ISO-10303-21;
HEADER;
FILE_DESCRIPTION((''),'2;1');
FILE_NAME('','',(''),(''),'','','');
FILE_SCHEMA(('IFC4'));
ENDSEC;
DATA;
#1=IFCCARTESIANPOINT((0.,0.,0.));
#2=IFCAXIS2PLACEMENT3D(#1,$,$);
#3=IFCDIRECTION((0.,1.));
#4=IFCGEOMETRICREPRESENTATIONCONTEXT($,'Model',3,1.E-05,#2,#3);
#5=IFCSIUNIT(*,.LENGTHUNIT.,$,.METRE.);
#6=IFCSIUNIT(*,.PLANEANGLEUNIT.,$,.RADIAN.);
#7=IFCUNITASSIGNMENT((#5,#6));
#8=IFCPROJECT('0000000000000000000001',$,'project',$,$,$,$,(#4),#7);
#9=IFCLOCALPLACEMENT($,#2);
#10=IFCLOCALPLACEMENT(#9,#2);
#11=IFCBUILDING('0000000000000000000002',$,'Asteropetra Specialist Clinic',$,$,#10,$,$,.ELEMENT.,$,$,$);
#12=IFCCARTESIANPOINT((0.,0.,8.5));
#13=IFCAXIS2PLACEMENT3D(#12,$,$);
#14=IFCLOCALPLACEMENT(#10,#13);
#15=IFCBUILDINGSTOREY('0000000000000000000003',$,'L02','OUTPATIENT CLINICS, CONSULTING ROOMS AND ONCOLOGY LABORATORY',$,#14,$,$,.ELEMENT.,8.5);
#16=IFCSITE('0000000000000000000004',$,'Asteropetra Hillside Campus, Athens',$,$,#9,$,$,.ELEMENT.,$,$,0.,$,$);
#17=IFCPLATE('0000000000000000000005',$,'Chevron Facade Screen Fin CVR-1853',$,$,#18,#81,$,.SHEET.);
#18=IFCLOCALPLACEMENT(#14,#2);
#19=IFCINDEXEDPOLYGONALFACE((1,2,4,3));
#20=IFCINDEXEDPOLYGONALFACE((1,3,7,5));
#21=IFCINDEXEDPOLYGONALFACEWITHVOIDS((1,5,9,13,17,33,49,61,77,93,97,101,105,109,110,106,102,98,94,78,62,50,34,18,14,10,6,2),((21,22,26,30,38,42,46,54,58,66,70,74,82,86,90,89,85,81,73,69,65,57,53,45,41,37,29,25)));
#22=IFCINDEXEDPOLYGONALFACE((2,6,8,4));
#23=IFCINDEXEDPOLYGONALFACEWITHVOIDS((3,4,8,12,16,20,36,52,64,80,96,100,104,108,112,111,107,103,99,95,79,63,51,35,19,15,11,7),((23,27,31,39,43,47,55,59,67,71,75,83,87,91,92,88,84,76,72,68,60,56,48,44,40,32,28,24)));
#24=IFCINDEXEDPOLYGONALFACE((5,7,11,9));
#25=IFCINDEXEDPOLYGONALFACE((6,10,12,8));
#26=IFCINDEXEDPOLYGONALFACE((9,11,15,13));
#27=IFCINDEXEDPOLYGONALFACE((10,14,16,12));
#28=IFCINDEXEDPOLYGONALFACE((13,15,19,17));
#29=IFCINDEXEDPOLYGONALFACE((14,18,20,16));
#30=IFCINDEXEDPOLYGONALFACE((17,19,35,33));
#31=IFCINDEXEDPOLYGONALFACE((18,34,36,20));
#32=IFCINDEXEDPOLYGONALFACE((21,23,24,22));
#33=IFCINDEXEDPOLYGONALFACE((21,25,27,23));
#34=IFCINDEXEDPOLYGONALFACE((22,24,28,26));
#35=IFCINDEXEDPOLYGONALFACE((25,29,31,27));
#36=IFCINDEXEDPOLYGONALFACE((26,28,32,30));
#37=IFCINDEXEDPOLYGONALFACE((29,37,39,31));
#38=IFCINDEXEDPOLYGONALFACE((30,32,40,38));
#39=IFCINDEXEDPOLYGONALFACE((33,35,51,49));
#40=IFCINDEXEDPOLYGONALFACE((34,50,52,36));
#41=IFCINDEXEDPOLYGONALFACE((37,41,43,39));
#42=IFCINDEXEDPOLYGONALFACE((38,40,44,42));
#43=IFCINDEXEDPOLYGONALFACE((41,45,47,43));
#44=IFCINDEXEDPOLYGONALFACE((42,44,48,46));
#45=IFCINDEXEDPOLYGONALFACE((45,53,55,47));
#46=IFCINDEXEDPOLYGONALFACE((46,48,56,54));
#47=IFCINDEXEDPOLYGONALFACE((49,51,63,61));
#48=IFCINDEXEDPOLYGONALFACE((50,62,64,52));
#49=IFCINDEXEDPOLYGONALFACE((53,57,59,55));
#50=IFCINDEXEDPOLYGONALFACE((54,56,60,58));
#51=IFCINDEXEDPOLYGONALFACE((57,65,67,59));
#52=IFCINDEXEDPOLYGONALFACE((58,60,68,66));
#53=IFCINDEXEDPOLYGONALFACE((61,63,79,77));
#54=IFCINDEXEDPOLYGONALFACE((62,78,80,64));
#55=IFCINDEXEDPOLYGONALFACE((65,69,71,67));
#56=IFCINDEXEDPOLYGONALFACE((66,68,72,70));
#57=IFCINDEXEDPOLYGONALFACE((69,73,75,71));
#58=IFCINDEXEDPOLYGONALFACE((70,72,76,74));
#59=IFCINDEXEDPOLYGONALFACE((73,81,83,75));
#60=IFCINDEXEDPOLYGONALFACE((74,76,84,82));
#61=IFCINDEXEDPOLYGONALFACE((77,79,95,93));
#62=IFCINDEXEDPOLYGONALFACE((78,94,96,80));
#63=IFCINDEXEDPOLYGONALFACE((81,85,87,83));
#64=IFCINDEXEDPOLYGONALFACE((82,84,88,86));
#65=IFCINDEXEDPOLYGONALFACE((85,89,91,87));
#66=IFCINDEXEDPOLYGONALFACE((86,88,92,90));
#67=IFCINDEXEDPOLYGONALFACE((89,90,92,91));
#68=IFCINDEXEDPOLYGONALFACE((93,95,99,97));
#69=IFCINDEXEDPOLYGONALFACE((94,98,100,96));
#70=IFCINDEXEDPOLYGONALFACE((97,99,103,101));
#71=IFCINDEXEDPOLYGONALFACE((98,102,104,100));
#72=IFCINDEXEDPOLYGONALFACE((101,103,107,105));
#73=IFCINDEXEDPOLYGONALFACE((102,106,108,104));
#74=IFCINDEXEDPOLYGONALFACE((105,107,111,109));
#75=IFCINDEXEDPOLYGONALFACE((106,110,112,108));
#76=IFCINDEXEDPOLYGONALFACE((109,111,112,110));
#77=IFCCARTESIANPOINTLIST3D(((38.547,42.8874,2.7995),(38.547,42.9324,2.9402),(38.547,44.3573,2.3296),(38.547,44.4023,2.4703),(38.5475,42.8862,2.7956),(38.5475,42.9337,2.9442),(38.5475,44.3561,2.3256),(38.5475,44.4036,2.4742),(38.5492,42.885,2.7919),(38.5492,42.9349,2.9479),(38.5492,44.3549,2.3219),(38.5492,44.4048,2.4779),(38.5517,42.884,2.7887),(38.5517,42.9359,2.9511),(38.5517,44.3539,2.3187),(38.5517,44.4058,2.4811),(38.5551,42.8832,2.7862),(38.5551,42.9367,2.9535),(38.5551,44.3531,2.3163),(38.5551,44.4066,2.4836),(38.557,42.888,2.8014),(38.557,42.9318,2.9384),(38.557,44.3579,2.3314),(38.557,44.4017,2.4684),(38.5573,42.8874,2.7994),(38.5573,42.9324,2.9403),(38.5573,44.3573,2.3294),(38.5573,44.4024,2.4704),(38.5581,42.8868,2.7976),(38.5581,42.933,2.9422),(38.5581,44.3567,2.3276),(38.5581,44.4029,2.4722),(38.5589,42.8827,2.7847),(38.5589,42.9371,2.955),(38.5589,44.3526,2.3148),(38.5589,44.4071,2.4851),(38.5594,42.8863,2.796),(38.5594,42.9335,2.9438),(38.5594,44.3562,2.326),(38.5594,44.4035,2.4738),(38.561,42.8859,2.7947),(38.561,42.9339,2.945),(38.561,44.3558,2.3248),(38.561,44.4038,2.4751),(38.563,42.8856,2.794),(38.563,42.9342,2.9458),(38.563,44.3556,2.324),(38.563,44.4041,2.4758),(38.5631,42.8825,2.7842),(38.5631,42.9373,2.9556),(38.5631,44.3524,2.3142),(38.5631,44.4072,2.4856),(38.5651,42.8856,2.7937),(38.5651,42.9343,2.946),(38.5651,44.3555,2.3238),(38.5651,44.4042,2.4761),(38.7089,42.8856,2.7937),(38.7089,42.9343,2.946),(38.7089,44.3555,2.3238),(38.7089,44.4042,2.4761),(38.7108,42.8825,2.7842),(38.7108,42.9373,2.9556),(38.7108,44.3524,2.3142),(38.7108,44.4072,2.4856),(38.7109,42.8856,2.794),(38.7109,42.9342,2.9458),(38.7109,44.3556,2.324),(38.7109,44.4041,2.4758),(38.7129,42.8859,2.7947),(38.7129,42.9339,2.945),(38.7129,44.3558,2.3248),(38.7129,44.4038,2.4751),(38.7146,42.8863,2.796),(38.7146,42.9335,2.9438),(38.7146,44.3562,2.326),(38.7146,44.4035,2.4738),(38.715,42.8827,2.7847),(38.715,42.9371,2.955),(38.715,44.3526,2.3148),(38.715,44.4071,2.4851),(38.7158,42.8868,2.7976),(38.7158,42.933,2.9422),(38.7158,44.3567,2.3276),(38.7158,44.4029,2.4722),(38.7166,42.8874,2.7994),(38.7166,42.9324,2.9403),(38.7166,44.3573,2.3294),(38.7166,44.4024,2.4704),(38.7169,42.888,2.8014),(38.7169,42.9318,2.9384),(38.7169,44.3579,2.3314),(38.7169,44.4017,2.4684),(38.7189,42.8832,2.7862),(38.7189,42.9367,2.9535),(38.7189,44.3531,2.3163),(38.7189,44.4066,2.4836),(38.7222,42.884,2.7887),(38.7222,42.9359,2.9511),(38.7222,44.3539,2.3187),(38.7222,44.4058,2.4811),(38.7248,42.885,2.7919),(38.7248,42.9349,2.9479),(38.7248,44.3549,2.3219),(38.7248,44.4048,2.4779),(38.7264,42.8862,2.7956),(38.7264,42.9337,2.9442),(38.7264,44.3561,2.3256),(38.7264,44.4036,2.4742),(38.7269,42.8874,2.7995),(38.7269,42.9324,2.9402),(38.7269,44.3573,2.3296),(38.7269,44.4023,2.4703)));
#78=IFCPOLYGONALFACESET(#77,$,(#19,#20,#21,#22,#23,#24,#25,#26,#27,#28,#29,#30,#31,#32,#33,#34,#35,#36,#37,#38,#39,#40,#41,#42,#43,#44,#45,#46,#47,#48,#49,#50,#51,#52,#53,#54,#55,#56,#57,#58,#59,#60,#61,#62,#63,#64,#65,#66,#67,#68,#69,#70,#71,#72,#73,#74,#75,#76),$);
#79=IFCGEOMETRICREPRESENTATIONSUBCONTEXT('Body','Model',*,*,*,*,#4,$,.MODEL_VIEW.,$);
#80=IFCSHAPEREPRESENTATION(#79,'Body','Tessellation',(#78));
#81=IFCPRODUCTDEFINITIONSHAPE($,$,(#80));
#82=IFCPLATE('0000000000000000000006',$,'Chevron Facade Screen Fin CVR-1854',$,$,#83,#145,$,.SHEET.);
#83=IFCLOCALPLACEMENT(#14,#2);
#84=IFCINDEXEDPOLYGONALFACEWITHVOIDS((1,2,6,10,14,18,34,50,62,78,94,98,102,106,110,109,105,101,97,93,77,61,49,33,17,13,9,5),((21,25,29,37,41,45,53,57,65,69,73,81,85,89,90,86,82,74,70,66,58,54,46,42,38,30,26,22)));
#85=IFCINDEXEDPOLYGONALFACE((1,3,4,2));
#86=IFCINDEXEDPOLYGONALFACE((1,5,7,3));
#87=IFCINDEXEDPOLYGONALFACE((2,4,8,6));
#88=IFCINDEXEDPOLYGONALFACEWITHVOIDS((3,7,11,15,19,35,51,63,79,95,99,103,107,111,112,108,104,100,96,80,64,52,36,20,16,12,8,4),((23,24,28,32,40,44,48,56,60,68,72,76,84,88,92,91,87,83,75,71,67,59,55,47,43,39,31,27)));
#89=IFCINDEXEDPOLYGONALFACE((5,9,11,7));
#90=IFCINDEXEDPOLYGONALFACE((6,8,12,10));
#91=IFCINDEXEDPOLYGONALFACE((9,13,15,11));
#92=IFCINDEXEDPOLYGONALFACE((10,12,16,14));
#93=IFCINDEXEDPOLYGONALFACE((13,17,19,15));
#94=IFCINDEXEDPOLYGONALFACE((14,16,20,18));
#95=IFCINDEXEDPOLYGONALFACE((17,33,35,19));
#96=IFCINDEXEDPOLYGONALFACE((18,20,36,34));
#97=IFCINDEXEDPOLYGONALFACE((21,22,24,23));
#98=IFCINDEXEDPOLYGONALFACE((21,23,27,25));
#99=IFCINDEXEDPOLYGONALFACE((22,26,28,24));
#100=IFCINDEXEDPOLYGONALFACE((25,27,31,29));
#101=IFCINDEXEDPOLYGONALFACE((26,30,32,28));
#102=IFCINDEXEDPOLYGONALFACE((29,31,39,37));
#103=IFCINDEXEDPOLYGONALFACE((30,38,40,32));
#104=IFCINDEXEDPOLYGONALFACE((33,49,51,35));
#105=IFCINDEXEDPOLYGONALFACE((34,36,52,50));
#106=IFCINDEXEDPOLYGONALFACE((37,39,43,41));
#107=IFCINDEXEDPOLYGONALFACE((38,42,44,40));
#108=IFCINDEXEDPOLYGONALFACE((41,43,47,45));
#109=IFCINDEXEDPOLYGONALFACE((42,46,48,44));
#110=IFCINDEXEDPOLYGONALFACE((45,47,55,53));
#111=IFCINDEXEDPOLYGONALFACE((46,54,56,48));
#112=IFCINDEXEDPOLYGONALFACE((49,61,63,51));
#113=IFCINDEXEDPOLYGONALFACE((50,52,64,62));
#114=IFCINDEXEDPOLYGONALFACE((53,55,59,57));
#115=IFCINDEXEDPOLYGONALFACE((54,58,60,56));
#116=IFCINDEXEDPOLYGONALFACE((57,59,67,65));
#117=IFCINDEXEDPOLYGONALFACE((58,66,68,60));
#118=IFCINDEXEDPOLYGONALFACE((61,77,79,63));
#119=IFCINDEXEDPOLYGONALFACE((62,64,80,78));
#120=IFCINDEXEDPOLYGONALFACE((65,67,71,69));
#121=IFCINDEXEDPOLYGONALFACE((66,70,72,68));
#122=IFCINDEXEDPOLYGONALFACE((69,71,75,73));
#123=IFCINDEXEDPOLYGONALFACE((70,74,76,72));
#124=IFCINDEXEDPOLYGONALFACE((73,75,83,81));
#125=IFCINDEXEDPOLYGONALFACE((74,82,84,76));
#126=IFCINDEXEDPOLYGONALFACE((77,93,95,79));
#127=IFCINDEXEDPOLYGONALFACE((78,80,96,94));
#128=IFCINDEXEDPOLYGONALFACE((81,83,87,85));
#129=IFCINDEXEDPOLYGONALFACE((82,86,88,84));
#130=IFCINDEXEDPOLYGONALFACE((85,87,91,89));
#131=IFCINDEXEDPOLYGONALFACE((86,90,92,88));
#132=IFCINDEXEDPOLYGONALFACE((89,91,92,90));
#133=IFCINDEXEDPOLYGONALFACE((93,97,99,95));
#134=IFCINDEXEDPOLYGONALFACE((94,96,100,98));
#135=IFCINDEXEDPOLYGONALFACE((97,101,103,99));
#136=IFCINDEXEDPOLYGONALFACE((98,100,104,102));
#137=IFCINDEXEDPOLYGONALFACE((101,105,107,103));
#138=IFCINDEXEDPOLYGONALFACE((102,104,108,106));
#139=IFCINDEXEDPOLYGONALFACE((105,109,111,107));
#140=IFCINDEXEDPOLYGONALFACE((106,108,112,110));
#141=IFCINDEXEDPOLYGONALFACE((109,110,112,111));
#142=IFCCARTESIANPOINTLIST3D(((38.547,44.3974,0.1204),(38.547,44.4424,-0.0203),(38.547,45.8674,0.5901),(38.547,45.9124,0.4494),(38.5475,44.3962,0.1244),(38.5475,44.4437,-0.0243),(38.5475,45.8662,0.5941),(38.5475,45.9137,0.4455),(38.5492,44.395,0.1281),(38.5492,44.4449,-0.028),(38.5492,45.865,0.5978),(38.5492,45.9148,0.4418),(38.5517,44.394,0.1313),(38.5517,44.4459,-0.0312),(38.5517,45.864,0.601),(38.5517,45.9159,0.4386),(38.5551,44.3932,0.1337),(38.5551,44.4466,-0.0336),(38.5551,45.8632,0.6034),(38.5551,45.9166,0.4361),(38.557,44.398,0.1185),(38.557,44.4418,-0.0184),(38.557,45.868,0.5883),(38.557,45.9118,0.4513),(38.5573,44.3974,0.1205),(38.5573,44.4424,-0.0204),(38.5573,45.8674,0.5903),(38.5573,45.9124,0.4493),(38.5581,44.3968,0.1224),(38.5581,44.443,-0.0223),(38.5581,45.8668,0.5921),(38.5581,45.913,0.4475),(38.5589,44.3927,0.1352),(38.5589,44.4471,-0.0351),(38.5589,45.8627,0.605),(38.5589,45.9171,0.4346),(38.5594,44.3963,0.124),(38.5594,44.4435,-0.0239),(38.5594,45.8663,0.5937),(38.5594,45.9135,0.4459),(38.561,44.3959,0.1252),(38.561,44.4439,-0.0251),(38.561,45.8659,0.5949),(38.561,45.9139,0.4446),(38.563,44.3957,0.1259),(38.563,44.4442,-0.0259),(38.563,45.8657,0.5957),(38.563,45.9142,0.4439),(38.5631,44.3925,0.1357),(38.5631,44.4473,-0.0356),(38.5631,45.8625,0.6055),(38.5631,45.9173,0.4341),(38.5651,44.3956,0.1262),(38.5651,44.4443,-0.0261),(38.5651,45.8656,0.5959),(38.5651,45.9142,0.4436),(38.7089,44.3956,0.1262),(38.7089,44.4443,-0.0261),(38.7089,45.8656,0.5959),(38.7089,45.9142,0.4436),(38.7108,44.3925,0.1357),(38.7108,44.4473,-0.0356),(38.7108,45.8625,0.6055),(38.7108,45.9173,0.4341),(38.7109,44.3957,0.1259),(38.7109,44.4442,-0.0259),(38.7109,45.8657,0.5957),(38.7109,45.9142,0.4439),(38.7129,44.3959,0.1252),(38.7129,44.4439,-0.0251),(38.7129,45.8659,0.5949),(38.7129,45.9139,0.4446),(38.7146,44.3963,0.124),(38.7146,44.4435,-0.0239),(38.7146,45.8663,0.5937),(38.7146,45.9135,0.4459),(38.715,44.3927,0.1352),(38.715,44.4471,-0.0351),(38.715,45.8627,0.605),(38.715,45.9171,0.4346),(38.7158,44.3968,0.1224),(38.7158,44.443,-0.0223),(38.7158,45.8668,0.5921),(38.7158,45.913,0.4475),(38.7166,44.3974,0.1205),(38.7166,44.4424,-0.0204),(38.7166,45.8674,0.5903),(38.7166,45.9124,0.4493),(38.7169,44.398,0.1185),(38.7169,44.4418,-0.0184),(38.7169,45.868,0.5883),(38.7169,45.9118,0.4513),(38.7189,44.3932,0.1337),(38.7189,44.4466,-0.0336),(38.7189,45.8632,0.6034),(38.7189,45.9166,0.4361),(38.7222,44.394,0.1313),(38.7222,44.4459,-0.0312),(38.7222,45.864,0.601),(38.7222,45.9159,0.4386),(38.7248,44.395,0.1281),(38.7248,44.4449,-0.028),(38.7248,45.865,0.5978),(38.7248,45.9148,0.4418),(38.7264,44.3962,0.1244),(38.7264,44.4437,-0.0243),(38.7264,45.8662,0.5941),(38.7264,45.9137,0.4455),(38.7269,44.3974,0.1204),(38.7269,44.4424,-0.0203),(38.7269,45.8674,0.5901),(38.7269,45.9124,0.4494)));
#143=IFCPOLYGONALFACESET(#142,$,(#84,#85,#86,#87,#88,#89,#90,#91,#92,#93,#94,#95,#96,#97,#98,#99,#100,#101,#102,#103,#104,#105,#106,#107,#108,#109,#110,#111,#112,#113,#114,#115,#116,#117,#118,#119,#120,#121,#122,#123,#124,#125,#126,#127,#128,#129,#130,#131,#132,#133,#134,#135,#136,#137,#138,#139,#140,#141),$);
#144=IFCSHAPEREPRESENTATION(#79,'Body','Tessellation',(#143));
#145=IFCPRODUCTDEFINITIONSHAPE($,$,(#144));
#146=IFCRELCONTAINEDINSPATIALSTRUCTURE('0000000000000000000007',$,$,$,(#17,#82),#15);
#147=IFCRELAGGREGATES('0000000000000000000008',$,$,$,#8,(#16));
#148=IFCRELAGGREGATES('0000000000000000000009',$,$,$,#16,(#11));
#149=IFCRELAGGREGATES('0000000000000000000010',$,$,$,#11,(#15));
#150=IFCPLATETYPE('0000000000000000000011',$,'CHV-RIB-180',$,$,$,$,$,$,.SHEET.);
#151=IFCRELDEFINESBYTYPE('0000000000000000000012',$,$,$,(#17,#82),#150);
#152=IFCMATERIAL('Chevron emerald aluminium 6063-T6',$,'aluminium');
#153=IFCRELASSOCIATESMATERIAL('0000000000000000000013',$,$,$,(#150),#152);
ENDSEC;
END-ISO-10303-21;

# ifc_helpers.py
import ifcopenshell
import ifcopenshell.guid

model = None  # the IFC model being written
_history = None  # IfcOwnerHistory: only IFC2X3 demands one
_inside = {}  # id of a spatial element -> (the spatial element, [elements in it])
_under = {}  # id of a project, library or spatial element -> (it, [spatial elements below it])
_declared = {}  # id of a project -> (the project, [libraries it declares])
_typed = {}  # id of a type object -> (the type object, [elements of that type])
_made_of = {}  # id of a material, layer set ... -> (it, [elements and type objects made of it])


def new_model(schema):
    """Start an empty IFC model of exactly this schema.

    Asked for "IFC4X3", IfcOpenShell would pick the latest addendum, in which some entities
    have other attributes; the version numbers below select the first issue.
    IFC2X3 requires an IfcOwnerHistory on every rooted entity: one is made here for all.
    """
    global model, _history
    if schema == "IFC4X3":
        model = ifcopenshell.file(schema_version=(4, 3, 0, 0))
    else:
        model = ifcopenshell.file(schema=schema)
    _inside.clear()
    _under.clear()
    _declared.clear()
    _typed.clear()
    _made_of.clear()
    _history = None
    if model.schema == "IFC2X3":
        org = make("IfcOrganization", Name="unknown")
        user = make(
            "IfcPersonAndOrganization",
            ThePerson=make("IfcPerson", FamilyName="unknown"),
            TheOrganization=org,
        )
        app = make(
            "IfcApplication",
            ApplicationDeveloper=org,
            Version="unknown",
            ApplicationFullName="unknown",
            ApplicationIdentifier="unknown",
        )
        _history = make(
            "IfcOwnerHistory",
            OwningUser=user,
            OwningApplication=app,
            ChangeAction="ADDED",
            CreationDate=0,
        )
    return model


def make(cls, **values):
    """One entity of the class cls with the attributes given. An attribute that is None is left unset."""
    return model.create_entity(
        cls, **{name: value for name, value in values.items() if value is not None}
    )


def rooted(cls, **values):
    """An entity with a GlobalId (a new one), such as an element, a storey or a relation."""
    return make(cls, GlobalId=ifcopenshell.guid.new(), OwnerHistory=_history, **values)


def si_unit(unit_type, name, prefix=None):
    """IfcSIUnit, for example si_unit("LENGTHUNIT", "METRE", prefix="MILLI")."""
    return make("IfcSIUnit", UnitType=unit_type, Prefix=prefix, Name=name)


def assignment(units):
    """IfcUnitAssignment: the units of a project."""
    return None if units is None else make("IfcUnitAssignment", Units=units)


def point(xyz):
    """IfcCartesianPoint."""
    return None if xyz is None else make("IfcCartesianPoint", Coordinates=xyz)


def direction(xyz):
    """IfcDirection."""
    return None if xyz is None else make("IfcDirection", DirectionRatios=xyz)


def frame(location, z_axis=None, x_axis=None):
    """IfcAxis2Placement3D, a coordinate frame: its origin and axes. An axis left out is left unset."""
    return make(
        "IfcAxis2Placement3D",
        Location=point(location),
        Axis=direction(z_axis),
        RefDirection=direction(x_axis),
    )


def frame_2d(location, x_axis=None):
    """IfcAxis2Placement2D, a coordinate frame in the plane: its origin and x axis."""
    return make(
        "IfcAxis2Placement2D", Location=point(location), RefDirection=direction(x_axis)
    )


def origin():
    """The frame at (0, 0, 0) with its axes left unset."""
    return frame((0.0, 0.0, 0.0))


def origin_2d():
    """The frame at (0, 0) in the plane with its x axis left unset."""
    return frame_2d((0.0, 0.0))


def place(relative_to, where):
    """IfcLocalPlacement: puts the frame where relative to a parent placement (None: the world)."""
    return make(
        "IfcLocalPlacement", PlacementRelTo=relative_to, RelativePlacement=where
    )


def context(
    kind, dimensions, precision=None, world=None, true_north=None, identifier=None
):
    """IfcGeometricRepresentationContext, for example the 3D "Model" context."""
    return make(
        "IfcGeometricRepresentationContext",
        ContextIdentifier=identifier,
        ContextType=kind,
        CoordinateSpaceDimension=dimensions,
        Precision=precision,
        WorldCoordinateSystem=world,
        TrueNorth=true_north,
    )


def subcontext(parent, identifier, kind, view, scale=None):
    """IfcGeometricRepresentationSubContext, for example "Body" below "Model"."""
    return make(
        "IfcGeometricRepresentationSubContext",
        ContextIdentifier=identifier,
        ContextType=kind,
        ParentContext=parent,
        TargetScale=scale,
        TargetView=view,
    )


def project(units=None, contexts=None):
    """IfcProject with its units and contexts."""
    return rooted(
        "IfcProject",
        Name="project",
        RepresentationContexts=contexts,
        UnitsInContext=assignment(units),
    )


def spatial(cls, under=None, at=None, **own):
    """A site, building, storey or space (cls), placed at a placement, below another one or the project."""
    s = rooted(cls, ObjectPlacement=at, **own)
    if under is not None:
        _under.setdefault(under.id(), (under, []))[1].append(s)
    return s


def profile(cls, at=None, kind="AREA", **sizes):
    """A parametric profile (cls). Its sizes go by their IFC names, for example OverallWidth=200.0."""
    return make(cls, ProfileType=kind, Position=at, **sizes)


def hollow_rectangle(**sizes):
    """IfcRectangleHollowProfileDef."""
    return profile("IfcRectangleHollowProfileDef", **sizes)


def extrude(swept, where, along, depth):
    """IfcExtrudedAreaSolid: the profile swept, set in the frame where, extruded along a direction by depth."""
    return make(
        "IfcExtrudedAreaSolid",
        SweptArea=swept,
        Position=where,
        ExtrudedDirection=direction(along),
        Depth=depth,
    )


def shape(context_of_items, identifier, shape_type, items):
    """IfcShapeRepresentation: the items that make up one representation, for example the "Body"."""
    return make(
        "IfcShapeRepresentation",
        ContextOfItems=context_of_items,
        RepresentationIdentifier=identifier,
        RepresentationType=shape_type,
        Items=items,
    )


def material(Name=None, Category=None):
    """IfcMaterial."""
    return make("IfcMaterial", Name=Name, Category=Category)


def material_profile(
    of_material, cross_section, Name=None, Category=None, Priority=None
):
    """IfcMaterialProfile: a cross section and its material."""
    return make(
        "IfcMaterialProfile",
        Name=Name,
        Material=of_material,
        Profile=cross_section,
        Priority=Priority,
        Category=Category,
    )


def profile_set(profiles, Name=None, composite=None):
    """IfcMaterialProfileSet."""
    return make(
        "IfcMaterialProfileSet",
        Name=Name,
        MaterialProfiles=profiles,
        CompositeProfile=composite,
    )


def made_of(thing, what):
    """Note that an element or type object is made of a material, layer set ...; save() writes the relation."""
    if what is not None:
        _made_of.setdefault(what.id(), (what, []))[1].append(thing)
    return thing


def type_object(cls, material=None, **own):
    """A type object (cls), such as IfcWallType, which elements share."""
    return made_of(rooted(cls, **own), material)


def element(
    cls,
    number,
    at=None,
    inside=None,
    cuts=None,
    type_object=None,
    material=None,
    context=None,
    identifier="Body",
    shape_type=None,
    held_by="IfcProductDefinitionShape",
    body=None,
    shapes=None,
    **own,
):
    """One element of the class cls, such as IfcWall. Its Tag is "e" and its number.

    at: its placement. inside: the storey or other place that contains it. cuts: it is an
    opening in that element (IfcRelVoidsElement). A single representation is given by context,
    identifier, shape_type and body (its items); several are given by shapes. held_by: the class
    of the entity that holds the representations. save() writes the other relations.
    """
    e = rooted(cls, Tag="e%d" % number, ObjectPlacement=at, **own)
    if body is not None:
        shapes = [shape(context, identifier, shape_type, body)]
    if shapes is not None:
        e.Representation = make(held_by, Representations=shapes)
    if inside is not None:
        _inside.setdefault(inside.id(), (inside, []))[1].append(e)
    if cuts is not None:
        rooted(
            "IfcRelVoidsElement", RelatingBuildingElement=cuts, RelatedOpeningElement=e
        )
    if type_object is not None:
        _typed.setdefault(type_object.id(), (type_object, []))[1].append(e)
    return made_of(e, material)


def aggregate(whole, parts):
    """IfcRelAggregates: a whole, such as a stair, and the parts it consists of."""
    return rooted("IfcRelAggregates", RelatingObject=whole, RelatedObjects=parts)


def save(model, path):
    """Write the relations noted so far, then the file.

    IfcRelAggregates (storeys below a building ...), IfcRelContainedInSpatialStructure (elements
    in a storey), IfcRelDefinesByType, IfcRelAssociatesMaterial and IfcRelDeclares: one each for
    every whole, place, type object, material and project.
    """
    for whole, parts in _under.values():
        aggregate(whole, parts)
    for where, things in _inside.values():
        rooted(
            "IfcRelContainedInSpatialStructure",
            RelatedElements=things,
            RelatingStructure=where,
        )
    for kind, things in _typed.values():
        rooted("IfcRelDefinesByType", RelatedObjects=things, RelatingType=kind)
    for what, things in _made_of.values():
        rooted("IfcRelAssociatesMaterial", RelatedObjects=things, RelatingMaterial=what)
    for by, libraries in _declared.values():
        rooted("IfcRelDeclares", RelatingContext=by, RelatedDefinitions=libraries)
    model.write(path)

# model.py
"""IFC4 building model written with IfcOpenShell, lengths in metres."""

from ifc_helpers import new_model, si_unit, direction, frame, origin, origin_2d, place, context, subcontext, project, spatial, hollow_rectangle, extrude, material, material_profile, profile_set, type_object, element, save


model = new_model("IFC4")

# Units and contexts
model_context = context("Model", 3, precision=1e-05, world=origin(), true_north=direction((0.0, 1.0)))
body_context = subcontext(model_context, "Body", "Model", "MODEL_VIEW")
ifc_project = project(units=[si_unit("LENGTHUNIT", "METRE"), si_unit("PLANEANGLEUNIT", "RADIAN")], contexts=[model_context])

# Site, building, storey
site_placement = place(None, origin())
site = spatial("IfcSite", under=ifc_project, at=site_placement, Name="Asteropetra Hillside Campus, Athens", CompositionType="ELEMENT", RefElevation=0.0)
building_placement = place(site_placement, origin())
building = spatial("IfcBuilding", under=site, at=building_placement, Name="Asteropetra Specialist Clinic", CompositionType="ELEMENT")
storey_placement = place(building_placement, frame((0.0, 0.0, 8.5)))
storey = spatial("IfcBuildingStorey", under=building, at=storey_placement, Name="L02", Description="OUTPATIENT CLINICS, CONSULTING ROOMS AND ONCOLOGY LABORATORY", CompositionType="ELEMENT", Elevation=8.5)

# Plates
ifc_material_1 = material(Name="Chevron emerald aluminium 6063-T6", Category="aluminium")
ifc_material_profile_1 = material_profile(ifc_material_1, hollow_rectangle(XDim=0.1799, YDim=0.1799, WallThickness=0.01, InnerFilletRadius=0.0081, OuterFilletRadius=0.0161, at=origin_2d()), Name="SHS 180x180x10.0")
ifc_profile_set_1 = profile_set([ifc_material_profile_1], Name="Chevron emerald aluminium 6063-T6")
plate_type = type_object("IfcPlateType", Name="CHV-RIB-180", PredefinedType="SHEET", material=ifc_profile_set_1)
for number, where, z_axis, x_axis, name in (
    (1, (38.637, 42.9099, 2.8699), (0.0, 0.952503, -0.304529), (-1.0, 0.0, 0.0), "Chevron Facade Screen Fin CVR-1853"),
    (2, (38.637, 44.4199, 0.05), (0.0, 0.952549, 0.304385), (-1.0, 0.0, 0.0), "Chevron Facade Screen Fin CVR-1854"),
):
    element("IfcPlate", number, at=place(storey_placement, frame(where, z_axis=z_axis, x_axis=x_axis)), inside=storey, type_object=plate_type, Name=name, PredefinedType="SHEET", context=body_context, shape_type="SweptSolid", body=[
        extrude(hollow_rectangle(XDim=0.1799, YDim=0.1799, WallThickness=0.01, InnerFilletRadius=0.0081, OuterFilletRadius=0.0161, at=origin_2d()), origin(), (0.0, 0.0, 1.0), 1.5432),
    ])

save(model, "model.ifc")
